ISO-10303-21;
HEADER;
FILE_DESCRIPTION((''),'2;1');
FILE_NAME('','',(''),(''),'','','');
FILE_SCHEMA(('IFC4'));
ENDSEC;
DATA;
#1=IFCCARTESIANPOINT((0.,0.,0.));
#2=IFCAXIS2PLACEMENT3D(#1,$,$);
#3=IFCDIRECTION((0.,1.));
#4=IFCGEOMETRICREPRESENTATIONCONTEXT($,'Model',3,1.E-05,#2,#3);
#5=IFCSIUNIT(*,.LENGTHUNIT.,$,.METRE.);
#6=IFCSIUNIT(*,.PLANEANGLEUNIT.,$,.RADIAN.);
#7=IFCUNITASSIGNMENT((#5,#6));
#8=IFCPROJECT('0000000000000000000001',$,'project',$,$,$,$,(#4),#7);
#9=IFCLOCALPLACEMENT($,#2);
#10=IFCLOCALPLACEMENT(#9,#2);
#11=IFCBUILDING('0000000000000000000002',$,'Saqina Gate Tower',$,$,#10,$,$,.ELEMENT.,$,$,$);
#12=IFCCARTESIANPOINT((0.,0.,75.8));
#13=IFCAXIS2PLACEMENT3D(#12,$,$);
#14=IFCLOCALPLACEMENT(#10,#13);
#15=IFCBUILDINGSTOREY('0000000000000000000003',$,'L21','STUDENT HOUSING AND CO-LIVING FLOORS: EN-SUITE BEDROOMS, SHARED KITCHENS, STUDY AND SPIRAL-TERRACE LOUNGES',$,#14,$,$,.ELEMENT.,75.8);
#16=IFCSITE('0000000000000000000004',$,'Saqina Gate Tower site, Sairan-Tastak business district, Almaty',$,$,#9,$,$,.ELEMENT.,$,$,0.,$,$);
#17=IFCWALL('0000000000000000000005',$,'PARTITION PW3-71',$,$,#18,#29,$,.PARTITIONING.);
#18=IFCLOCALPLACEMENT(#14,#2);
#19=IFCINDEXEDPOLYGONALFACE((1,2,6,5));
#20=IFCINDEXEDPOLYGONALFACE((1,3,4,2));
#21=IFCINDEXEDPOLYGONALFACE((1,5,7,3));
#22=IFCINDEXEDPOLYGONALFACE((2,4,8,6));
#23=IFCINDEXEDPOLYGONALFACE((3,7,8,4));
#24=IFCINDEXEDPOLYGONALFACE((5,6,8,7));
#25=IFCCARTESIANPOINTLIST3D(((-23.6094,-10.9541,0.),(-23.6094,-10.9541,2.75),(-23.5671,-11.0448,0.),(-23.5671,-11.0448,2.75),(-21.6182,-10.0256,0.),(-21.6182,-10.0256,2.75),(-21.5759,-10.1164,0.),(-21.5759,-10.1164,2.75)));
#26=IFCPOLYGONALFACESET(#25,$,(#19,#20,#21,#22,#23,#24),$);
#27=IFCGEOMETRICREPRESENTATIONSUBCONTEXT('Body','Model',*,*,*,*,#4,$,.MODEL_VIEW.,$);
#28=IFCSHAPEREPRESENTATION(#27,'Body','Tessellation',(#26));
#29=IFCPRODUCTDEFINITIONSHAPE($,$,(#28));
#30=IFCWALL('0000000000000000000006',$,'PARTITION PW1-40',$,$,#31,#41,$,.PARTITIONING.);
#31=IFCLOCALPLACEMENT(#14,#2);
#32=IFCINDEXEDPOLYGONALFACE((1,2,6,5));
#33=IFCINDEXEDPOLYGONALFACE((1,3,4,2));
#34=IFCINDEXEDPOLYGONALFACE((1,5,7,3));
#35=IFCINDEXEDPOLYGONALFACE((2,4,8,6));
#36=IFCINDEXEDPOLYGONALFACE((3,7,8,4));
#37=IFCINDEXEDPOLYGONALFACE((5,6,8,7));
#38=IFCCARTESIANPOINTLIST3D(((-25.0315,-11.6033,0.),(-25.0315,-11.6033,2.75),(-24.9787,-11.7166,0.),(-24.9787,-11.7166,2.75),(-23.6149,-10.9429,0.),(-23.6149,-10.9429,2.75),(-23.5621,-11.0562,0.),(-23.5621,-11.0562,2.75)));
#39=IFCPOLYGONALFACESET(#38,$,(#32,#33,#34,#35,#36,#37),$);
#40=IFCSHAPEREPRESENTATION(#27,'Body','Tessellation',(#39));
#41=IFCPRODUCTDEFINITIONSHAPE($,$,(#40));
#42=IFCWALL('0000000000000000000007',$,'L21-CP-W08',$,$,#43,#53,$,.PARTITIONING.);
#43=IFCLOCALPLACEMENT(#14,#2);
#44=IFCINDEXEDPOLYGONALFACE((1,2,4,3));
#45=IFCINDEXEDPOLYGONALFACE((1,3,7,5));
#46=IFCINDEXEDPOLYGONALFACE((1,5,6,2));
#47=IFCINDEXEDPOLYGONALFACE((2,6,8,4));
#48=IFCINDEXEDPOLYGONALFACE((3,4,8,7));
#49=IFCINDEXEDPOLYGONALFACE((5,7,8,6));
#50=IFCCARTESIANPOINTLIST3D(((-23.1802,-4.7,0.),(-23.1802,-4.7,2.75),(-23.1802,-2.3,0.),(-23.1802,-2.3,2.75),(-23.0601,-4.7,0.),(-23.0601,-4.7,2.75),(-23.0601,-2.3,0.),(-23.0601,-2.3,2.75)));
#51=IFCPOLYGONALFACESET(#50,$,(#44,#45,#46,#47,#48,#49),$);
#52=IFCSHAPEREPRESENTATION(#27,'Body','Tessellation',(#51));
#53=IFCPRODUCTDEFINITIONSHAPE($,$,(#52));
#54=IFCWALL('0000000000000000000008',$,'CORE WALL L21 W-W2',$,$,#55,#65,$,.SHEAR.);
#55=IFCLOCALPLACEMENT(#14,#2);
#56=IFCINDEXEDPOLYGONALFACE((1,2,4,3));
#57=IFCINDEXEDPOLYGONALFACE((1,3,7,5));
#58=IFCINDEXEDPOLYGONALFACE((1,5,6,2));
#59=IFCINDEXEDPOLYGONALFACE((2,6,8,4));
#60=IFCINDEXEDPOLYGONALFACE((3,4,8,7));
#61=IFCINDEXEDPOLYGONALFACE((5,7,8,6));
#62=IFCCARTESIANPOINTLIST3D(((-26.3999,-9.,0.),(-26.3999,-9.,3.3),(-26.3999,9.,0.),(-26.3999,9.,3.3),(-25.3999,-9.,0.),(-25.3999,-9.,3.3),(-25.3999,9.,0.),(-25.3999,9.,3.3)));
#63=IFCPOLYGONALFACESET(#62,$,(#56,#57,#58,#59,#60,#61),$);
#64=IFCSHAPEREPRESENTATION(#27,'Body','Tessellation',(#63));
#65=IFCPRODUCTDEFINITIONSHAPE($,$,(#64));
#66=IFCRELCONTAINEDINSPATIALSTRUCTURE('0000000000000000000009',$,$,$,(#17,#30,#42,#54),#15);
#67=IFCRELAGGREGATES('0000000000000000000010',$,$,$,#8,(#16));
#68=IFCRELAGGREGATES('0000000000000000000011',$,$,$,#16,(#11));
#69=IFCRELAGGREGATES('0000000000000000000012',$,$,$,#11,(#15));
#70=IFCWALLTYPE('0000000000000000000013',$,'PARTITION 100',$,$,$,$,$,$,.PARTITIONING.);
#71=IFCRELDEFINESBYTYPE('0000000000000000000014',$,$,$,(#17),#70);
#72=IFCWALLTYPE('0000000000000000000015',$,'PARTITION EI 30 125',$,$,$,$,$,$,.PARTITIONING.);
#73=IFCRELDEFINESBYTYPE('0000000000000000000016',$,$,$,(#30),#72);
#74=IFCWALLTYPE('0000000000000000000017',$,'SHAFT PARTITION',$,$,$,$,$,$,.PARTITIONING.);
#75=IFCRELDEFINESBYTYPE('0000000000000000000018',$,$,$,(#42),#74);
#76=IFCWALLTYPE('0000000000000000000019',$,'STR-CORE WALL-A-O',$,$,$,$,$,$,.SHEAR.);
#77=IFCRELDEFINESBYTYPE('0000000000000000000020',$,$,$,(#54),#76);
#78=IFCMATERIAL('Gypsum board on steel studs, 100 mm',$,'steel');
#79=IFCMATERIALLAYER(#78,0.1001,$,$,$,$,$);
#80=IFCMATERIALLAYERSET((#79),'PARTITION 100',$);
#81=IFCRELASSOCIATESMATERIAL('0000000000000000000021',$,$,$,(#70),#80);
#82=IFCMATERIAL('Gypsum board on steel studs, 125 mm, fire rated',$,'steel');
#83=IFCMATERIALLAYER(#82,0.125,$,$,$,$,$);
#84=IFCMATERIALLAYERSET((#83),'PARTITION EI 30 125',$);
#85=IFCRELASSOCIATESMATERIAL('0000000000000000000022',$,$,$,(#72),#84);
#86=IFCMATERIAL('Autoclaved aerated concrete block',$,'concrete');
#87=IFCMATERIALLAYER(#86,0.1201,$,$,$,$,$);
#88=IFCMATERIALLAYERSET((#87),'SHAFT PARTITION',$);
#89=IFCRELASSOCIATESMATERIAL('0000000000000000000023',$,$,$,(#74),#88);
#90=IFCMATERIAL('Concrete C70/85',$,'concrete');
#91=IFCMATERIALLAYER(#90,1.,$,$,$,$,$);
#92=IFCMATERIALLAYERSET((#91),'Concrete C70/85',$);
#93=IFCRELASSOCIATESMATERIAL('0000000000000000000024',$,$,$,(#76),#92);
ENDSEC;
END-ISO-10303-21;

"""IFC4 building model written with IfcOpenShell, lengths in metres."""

from ifc_helpers import new_model, si_unit, direction, frame, frame_2d, origin, place, context, subcontext, project, spatial, rectangle, extrude, material, layer, layer_set, type_object, element, save


model = new_model("IFC4")

# Units and contexts
model_context = context("Model", 3, precision=1e-05, world=origin(), true_north=direction((0.0, 1.0)))
body_context = subcontext(model_context, "Body", "Model", "MODEL_VIEW")
ifc_project = project(units=[si_unit("LENGTHUNIT", "METRE"), si_unit("PLANEANGLEUNIT", "RADIAN")], contexts=[model_context])

# Site, building, storey
site_placement = place(None, origin())
site = spatial("IfcSite", under=ifc_project, at=site_placement, Name="Saqina Gate Tower site, Sairan-Tastak business district, Almaty", CompositionType="ELEMENT", RefElevation=0.0)
building_placement = place(site_placement, origin())
building = spatial("IfcBuilding", under=site, at=building_placement, Name="Saqina Gate Tower", CompositionType="ELEMENT")
storey_placement = place(building_placement, frame((0.0, 0.0, 75.8)))
storey = spatial("IfcBuildingStorey", under=building, at=storey_placement, Name="L21", Description="STUDENT HOUSING AND CO-LIVING FLOORS: EN-SUITE BEDROOMS, SHARED KITCHENS, STUDY AND SPIRAL-TERRACE LOUNGES", CompositionType="ELEMENT", Elevation=75.8)

# Shared definitions
ifc_material_1 = material(Name="Gypsum board on steel studs, 100 mm", Category="steel")
ifc_layer_1 = layer(ifc_material_1, 0.1001)
ifc_layer_set_1 = layer_set([ifc_layer_1], Name="PARTITION 100")
wall_type_1 = type_object("IfcWallType", Name="PARTITION 100", PredefinedType="PARTITIONING", material=ifc_layer_set_1)

# Walls
wall_1_placement = place(storey_placement, frame((-23.5884, -10.9995, 0.0), z_axis=(0.0, 0.0, 1.0), x_axis=(0.906317, 0.4226, 0.0)))
element("IfcWall", 1, at=wall_1_placement, inside=storey, type_object=wall_type_1, Name="PARTITION PW3-71", PredefinedType="PARTITIONING", context=body_context, shape_type="SweptSolid", body=[
    extrude(rectangle(XDim=2.197, YDim=0.1001, at=frame_2d((1.0986, 0.0))), origin(), (0.0, 0.0, 1.0), 2.75),
])
ifc_material_2 = material(Name="Gypsum board on steel studs, 125 mm, fire rated", Category="steel")
ifc_layer_2 = layer(ifc_material_2, 0.125)
ifc_layer_set_2 = layer_set([ifc_layer_2], Name="PARTITION EI 30 125")
wall_type_2 = type_object("IfcWallType", Name="PARTITION EI 30 125", PredefinedType="PARTITIONING", material=ifc_layer_set_2)
wall_2_placement = place(storey_placement, frame((-25.0051, -11.6599, 0.0), z_axis=(0.0, 0.0, 1.0), x_axis=(0.906367, 0.422492, 0.0)))
element("IfcWall", 2, at=wall_2_placement, inside=storey, type_object=wall_type_2, Name="PARTITION PW1-40", PredefinedType="PARTITIONING", context=body_context, shape_type="SweptSolid", body=[
    extrude(rectangle(XDim=1.563, YDim=0.125, at=frame_2d((0.7815, 0.0))), origin(), (0.0, 0.0, 1.0), 2.75),
])
ifc_material_3 = material(Name="Autoclaved aerated concrete block", Category="concrete")
ifc_layer_3 = layer(ifc_material_3, 0.1201)
ifc_layer_set_3 = layer_set([ifc_layer_3], Name="SHAFT PARTITION")
wall_type_3 = type_object("IfcWallType", Name="SHAFT PARTITION", PredefinedType="PARTITIONING", material=ifc_layer_set_3)
wall_3_placement = place(storey_placement, frame((-23.1201, -4.7, 0.0), z_axis=(0.0, 0.0, 1.0), x_axis=(0.0, 1.0, 0.0)))
element("IfcWall", 3, at=wall_3_placement, inside=storey, type_object=wall_type_3, Name="L21-CP-W08", PredefinedType="PARTITIONING", context=body_context, shape_type="SweptSolid", body=[
    extrude(rectangle(XDim=2.3999, YDim=0.1201, at=frame_2d((1.2, 0.0))), origin(), (0.0, 0.0, 1.0), 2.75),
])
ifc_material_4 = material(Name="Concrete C70/85", Category="concrete")
ifc_layer_4 = layer(ifc_material_4, 1.0)
ifc_layer_set_4 = layer_set([ifc_layer_4], Name="Concrete C70/85")
wall_type_4 = type_object("IfcWallType", Name="STR-CORE WALL-A-O", PredefinedType="SHEAR", material=ifc_layer_set_4)
wall_4_placement = place(storey_placement, frame((-25.8999, -9.0, 0.0), z_axis=(0.0, 0.0, 1.0), x_axis=(0.0, 1.0, 0.0)))
element("IfcWall", 4, at=wall_4_placement, inside=storey, type_object=wall_type_4, Name="CORE WALL L21 W-W2", PredefinedType="SHEAR", context=body_context, shape_type="SweptSolid", body=[
    extrude(rectangle(XDim=18.0, YDim=1.0, at=frame_2d((9.0, 0.0))), origin(), (0.0, 0.0, 1.0), 3.3),
])

save(model, "model.ifc")
